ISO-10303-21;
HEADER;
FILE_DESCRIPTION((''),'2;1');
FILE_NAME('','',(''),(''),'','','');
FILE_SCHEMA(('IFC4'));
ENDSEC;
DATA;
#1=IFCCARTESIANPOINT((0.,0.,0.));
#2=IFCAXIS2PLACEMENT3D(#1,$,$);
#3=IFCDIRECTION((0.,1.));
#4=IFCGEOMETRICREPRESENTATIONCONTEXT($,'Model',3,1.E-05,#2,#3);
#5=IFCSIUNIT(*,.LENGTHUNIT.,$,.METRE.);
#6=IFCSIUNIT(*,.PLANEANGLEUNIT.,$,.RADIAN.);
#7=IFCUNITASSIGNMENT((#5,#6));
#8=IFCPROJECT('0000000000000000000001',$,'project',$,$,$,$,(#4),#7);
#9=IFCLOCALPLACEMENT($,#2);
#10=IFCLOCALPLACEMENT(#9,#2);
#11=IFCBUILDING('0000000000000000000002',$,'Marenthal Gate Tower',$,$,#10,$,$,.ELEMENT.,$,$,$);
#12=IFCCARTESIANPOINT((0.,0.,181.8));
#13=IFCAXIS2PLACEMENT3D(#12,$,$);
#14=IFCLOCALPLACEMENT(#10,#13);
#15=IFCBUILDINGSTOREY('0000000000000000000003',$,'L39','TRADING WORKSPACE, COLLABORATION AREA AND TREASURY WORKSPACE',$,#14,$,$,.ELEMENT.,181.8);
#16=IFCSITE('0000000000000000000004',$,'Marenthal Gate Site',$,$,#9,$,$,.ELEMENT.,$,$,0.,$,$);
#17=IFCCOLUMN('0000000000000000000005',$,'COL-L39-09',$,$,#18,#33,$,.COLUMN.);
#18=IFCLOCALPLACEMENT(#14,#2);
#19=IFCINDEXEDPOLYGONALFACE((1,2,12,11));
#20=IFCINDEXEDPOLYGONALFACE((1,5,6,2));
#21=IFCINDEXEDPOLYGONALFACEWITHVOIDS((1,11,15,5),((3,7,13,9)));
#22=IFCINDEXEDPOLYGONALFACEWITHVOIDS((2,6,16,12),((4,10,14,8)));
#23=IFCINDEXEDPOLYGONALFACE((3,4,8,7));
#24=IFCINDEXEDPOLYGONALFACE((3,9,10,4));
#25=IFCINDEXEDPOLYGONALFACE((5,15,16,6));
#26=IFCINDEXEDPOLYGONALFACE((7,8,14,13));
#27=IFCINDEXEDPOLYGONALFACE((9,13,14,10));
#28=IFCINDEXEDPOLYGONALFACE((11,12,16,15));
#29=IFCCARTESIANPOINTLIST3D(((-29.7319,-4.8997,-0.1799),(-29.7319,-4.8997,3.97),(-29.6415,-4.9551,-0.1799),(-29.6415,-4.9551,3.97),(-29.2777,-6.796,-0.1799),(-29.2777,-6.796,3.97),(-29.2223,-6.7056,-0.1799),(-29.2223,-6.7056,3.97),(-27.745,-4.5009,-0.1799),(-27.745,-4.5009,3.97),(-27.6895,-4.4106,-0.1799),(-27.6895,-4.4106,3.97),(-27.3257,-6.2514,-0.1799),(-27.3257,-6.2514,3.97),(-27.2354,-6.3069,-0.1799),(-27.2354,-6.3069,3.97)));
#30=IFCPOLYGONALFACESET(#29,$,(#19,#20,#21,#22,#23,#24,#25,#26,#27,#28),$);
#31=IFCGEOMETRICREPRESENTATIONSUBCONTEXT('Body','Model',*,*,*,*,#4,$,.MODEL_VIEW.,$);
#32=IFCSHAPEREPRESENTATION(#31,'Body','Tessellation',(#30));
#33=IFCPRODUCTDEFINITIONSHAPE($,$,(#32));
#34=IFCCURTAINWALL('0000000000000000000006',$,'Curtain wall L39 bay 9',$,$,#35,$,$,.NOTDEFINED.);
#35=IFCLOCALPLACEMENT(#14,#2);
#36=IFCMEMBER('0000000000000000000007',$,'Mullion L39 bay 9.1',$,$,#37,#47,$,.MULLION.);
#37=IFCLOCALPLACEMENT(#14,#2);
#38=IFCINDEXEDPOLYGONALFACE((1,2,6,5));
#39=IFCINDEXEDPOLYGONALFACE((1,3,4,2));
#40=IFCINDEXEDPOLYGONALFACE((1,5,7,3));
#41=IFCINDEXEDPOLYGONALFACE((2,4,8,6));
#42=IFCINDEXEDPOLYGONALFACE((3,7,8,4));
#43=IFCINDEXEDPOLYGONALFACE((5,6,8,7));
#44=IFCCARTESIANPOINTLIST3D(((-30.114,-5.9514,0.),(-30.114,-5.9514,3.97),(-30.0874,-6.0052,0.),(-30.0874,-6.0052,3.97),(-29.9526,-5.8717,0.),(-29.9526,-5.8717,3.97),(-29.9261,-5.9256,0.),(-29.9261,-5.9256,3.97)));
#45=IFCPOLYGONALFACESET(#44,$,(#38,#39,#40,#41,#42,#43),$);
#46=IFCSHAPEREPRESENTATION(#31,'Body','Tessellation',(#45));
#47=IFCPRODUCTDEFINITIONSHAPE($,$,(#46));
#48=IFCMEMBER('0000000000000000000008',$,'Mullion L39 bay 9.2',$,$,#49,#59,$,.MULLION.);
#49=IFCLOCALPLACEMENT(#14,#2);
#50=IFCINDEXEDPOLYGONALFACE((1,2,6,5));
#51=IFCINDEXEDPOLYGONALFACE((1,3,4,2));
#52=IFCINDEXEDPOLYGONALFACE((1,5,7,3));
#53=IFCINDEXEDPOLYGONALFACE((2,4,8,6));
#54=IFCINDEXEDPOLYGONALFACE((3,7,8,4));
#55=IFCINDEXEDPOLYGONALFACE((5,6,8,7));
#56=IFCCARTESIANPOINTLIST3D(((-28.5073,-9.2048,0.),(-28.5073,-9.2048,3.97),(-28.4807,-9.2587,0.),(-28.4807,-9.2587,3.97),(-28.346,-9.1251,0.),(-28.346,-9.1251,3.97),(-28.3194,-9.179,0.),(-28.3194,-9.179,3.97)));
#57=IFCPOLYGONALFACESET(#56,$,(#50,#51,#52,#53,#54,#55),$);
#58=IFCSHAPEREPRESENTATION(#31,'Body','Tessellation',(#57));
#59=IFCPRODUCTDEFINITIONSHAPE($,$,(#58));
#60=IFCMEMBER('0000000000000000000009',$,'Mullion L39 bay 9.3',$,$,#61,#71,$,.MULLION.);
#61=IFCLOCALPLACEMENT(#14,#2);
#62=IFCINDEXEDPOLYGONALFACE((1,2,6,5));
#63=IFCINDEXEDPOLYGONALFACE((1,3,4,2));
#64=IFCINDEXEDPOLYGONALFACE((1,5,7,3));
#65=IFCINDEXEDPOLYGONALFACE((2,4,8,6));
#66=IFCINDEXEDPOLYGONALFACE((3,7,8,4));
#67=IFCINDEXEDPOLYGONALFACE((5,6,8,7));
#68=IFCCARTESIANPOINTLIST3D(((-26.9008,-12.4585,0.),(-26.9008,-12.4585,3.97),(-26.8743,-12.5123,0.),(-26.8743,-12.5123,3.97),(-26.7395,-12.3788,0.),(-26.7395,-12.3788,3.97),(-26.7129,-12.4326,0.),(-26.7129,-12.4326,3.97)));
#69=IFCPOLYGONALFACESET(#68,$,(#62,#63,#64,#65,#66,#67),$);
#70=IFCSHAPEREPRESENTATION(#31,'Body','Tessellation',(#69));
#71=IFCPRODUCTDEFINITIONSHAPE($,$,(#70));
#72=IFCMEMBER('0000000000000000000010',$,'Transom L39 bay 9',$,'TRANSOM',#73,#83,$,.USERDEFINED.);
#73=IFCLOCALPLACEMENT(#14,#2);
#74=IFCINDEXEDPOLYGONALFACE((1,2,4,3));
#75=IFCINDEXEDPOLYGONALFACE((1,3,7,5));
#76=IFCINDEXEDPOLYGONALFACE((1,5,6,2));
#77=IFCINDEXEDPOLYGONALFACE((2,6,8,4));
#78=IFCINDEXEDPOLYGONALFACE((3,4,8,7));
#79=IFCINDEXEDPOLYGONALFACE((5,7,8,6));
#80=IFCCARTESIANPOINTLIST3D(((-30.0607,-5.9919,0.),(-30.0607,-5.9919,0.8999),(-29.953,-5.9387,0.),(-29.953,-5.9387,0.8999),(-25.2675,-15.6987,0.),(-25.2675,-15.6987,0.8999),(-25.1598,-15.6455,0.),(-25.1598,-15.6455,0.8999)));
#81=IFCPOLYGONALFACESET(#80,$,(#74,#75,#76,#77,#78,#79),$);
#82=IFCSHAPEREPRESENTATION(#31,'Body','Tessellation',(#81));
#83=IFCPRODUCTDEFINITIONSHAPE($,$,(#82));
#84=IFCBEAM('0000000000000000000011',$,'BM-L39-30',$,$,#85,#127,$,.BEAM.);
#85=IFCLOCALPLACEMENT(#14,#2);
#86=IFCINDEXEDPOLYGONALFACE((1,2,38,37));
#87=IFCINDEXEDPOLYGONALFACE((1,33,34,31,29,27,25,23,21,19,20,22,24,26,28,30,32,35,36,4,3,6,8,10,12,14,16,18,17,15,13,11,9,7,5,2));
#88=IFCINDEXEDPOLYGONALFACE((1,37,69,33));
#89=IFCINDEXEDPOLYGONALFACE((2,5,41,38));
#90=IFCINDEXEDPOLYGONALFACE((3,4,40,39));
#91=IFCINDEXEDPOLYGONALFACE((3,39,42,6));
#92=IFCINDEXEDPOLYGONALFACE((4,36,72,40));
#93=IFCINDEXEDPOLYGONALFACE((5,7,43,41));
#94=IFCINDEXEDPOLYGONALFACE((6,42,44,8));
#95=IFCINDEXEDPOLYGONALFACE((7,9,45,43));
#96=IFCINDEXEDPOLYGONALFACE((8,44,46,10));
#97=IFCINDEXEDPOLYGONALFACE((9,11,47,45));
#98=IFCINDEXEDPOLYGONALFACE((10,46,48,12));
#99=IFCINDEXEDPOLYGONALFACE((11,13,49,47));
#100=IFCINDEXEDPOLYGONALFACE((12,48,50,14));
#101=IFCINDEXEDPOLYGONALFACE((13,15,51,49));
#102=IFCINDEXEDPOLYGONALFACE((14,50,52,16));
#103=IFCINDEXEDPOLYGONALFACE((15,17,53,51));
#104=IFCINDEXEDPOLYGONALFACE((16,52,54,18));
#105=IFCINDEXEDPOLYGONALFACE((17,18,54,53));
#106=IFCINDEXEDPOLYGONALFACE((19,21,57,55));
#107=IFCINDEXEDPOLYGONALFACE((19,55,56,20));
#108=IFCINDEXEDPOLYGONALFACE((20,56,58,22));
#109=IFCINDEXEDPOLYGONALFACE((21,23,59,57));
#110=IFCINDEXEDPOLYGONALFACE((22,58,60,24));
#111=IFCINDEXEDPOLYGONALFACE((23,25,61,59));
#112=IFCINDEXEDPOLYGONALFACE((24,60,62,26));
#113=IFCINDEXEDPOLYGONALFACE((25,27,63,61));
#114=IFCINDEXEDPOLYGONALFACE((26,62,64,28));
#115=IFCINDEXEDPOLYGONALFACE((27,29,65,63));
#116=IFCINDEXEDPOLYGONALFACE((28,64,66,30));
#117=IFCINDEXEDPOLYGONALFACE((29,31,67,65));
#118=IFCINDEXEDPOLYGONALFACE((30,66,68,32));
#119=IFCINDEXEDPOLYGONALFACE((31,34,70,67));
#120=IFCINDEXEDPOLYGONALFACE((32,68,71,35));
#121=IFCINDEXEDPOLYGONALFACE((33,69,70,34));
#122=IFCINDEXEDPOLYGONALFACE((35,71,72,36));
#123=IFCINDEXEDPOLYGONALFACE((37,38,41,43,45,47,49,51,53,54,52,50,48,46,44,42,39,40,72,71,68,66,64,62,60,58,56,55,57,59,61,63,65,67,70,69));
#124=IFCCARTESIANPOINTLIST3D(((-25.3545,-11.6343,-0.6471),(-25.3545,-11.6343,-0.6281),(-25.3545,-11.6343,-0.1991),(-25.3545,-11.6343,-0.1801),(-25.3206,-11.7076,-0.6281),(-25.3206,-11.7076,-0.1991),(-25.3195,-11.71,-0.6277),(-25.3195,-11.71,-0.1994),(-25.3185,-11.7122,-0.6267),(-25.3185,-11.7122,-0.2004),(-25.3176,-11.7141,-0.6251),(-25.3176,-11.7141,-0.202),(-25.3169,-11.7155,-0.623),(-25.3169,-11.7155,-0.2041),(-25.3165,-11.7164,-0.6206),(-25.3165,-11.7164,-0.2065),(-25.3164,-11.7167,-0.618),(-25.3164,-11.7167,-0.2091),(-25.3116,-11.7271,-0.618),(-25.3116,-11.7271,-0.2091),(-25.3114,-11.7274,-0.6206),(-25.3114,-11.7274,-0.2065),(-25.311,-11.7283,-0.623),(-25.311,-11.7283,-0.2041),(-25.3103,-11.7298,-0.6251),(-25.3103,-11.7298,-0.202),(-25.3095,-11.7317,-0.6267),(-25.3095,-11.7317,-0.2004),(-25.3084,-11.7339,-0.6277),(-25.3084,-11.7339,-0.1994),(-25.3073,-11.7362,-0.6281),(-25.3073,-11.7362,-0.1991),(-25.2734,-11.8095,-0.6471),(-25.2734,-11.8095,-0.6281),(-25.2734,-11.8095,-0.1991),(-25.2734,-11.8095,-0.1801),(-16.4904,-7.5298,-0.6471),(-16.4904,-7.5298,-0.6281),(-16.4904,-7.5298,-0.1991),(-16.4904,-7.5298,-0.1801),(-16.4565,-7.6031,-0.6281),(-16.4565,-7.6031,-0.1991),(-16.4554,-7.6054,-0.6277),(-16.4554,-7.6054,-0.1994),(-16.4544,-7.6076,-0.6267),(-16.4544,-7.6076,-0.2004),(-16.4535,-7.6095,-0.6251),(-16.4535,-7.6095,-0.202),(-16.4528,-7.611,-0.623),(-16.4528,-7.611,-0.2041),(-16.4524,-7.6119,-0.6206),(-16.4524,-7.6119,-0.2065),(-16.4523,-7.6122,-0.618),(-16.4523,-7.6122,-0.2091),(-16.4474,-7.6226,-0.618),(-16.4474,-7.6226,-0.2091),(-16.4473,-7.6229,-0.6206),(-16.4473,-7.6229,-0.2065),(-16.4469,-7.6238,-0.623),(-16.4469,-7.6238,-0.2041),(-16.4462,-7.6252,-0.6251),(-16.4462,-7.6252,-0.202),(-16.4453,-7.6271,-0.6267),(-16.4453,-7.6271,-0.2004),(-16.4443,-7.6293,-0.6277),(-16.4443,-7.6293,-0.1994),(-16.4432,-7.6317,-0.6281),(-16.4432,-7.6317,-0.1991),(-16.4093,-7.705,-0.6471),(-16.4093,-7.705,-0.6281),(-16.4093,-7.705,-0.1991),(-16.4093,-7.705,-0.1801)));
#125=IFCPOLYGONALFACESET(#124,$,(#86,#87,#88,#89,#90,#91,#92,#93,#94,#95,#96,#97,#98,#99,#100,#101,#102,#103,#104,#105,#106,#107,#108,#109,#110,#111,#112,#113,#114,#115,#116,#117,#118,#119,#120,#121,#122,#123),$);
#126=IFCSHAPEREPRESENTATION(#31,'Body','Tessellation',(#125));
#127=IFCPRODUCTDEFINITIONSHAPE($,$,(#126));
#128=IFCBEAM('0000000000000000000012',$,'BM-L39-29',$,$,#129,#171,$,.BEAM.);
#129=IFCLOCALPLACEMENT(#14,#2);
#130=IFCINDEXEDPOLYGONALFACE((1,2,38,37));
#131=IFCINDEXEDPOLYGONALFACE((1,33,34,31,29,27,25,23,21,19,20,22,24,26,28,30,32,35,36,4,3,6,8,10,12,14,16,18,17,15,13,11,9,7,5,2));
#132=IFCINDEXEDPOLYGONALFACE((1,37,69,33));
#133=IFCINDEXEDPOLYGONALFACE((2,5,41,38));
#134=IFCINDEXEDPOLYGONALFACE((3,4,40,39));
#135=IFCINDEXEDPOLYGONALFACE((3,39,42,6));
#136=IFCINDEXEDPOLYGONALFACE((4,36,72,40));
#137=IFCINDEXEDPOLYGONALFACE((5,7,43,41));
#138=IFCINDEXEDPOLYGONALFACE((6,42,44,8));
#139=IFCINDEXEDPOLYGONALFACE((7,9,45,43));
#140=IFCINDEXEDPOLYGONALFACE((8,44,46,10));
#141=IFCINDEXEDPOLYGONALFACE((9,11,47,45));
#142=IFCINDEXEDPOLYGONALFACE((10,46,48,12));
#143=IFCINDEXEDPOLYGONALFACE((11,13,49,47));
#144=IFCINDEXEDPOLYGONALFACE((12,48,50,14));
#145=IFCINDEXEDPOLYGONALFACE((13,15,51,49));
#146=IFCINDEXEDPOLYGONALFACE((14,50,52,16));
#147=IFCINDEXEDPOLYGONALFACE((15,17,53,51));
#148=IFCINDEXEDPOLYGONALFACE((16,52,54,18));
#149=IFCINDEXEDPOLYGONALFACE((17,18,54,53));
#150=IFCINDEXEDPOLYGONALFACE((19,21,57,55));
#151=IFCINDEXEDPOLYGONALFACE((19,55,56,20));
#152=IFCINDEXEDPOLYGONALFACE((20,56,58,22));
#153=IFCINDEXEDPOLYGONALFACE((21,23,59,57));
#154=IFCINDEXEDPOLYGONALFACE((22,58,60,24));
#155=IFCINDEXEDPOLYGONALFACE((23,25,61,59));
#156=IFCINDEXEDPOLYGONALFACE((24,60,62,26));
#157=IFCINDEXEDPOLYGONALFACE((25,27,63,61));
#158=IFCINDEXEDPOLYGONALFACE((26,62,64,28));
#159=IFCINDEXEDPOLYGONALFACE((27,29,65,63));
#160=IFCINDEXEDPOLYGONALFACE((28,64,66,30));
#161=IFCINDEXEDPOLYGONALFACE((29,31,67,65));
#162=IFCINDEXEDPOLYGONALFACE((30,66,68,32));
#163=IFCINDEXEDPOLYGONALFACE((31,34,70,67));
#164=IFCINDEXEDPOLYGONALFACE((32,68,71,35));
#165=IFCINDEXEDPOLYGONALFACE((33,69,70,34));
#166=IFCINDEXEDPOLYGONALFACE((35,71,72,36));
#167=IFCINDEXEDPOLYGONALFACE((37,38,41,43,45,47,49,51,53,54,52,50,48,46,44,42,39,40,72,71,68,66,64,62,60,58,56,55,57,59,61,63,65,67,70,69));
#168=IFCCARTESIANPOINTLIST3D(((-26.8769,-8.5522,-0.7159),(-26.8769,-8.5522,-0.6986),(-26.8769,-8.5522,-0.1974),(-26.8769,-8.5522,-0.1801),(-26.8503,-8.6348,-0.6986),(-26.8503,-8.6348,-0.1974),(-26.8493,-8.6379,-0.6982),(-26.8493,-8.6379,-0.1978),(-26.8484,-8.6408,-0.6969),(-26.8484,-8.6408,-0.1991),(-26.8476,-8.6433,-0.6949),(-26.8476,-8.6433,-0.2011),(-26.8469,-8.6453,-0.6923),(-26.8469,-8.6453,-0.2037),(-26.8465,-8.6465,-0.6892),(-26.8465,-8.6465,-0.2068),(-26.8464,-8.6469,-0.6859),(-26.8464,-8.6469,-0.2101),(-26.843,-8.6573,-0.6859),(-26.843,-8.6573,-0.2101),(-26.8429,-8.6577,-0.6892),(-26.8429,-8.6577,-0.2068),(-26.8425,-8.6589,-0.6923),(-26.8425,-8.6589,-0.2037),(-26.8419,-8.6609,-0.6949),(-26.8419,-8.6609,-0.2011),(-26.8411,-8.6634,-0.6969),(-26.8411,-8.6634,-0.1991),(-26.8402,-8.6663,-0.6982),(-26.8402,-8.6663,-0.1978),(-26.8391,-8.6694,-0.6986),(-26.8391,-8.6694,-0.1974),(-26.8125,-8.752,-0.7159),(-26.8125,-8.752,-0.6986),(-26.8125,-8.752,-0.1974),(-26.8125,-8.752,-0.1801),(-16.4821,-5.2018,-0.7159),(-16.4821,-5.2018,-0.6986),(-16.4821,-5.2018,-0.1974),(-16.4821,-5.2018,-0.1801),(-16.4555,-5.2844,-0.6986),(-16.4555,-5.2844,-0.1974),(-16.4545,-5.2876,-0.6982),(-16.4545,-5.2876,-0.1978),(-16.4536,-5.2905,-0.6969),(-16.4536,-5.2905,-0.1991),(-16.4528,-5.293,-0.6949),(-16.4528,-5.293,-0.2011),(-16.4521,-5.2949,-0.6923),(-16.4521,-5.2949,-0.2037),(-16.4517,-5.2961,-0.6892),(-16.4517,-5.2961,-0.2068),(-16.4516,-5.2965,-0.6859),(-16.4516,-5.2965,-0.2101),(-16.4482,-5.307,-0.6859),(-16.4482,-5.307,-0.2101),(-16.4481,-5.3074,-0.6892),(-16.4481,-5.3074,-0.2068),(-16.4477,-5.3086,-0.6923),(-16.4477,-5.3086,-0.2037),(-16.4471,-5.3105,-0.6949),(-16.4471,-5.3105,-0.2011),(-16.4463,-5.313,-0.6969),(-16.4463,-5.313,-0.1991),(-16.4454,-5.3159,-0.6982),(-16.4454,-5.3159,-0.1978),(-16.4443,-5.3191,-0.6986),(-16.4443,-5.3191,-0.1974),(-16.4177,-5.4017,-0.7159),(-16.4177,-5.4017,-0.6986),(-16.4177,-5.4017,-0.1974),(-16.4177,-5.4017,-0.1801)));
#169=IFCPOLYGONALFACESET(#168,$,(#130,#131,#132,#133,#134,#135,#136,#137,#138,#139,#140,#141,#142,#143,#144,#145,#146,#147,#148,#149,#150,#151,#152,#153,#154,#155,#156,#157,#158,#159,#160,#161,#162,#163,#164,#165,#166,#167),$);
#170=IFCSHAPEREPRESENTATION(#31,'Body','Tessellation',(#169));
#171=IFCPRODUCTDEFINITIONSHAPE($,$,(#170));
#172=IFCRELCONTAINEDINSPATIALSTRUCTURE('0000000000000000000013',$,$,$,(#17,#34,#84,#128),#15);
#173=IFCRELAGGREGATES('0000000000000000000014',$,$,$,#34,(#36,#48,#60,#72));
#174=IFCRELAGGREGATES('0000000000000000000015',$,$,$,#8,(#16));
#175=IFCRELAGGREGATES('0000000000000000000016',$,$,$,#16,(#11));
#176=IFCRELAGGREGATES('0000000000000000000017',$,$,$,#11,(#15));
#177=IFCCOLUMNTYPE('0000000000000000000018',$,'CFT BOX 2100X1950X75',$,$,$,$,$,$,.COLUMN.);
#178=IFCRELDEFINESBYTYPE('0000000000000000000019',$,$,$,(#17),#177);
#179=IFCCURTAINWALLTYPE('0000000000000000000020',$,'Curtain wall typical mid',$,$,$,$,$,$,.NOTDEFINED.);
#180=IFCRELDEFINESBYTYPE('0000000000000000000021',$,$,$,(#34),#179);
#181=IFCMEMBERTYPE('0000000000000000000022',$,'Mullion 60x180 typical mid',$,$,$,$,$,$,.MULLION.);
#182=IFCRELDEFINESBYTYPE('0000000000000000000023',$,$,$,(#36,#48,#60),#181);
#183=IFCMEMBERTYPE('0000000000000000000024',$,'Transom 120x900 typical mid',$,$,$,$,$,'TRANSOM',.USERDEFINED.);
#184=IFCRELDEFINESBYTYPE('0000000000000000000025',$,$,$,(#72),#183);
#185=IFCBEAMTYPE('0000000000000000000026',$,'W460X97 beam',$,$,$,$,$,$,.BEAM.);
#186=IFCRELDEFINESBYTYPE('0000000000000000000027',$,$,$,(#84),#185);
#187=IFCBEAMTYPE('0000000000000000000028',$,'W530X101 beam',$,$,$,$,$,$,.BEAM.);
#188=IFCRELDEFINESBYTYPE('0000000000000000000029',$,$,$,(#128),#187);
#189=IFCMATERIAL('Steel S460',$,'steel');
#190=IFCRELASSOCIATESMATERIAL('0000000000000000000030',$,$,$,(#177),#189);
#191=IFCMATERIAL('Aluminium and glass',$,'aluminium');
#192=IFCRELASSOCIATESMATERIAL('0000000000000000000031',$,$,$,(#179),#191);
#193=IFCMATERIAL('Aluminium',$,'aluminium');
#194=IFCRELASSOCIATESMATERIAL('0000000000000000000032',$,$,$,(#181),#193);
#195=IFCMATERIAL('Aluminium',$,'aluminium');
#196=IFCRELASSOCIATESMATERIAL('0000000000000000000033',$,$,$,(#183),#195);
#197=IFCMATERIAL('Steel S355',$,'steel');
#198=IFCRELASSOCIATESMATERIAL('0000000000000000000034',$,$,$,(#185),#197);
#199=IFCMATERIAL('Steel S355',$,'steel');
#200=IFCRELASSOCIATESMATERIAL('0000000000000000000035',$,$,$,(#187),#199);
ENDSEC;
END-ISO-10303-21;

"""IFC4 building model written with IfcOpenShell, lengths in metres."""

from ifc_helpers import new_model, si_unit, direction, frame, origin, origin_2d, place, context, subcontext, project, spatial, rectangle, hollow_rectangle, i_section, extrude, material, material_profile, profile_set, type_object, element, aggregate, save


model = new_model("IFC4")

# Units and contexts
model_context = context("Model", 3, precision=1e-05, world=origin(), true_north=direction((0.0, 1.0)))
body_context = subcontext(model_context, "Body", "Model", "MODEL_VIEW")
ifc_project = project(units=[si_unit("LENGTHUNIT", "METRE"), si_unit("PLANEANGLEUNIT", "RADIAN")], contexts=[model_context])

# Site, building, storey
site_placement = place(None, origin())
site = spatial("IfcSite", under=ifc_project, at=site_placement, Name="Marenthal Gate Site", CompositionType="ELEMENT", RefElevation=0.0)
building_placement = place(site_placement, origin())
building = spatial("IfcBuilding", under=site, at=building_placement, Name="Marenthal Gate Tower", CompositionType="ELEMENT")
storey_placement = place(building_placement, frame((0.0, 0.0, 181.8)))
storey = spatial("IfcBuildingStorey", under=building, at=storey_placement, Name="L39", Description="TRADING WORKSPACE, COLLABORATION AREA AND TREASURY WORKSPACE", CompositionType="ELEMENT", Elevation=181.8)

# Column
ifc_material_1 = material(Name="Steel S460", Category="steel")
ifc_material_profile_1 = material_profile(ifc_material_1, hollow_rectangle(XDim=1.95, YDim=2.1001, WallThickness=0.075, at=origin_2d()), Name="CFT BOX 2100X1950X75")
ifc_material_2 = material(Name="Concrete 70 MPa", Category="concrete")
ifc_material_profile_2 = material_profile(ifc_material_2, rectangle(XDim=1.8, YDim=1.95, at=origin_2d()), Name="CFT BOX 2100X1950X75 INFILL")
ifc_profile_set_1 = profile_set([ifc_material_profile_1, ifc_material_profile_2], Name="Steel S460 shell, Concrete 70 MPa infill")
column_type = type_object("IfcColumnType", Name="CFT BOX 2100X1950X75", PredefinedType="COLUMN", material=ifc_profile_set_1)
column_placement = place(storey_placement, frame((-28.4836, -5.6033, -0.1799), z_axis=(0.0, 0.0, 1.0), x_axis=(-0.232899, 0.972501, 0.0)))
element("IfcColumn", 1, at=column_placement, inside=storey, type_object=column_type, Name="COL-L39-09", PredefinedType="COLUMN", context=body_context, shape_type="SweptSolid", body=[
    extrude(hollow_rectangle(XDim=1.95, YDim=2.1001, WallThickness=0.075, at=origin_2d()), origin(), (0.0, 0.0, 1.0), 4.1499),
])

# Curtain wall, members
ifc_material_3 = material(Name="Aluminium and glass", Category="aluminium")
curtain_wall_type = type_object("IfcCurtainWallType", Name="Curtain wall typical mid", PredefinedType="NOTDEFINED", material=ifc_material_3)
curtain_wall_placement = place(storey_placement, origin())
curtain_wall = element("IfcCurtainWall", 2, at=curtain_wall_placement, inside=storey, type_object=curtain_wall_type, Name="Curtain wall L39 bay 9", PredefinedType="NOTDEFINED")
ifc_material_4 = material(Name="Aluminium", Category="aluminium")
ifc_material_profile_3 = material_profile(ifc_material_4, rectangle(XDim=0.1799, YDim=0.0601, at=origin_2d()), Name="60x180 aluminium mullion")
ifc_profile_set_2 = profile_set([ifc_material_profile_3], Name="Aluminium")
member_type_1 = type_object("IfcMemberType", Name="Mullion 60x180 typical mid", PredefinedType="MULLION", material=ifc_profile_set_2)
member_1_placement = place(storey_placement, frame((-30.02, -5.9385, 0.0), z_axis=(0.0, 0.0, 1.0), x_axis=(0.896643, 0.442753, 0.0)))
member_1 = element("IfcMember", 3, at=member_1_placement, type_object=member_type_1, Name="Mullion L39 bay 9.1", PredefinedType="MULLION", context=body_context, shape_type="SweptSolid", body=[
    extrude(rectangle(XDim=0.1799, YDim=0.0601, at=origin_2d()), origin(), (0.0, 0.0, 1.0), 3.97),
])
member_2_placement = place(storey_placement, frame((-28.4133, -9.1919, 0.0), z_axis=(0.0, 0.0, 1.0), x_axis=(0.896643, 0.442753, 0.0)))
member_2 = element("IfcMember", 4, at=member_2_placement, type_object=member_type_1, Name="Mullion L39 bay 9.2", PredefinedType="MULLION", context=body_context, shape_type="SweptSolid", body=[
    extrude(rectangle(XDim=0.1799, YDim=0.0601, at=origin_2d()), origin(), (0.0, 0.0, 1.0), 3.97),
])
member_3_placement = place(storey_placement, frame((-26.8069, -12.4456, 0.0), z_axis=(0.0, 0.0, 1.0), x_axis=(0.896643, 0.442753, 0.0)))
member_3 = element("IfcMember", 5, at=member_3_placement, type_object=member_type_1, Name="Mullion L39 bay 9.3", PredefinedType="MULLION", context=body_context, shape_type="SweptSolid", body=[
    extrude(rectangle(XDim=0.1799, YDim=0.0601, at=origin_2d()), origin(), (0.0, 0.0, 1.0), 3.97),
])
ifc_material_5 = material(Name="Aluminium", Category="aluminium")
ifc_material_profile_4 = material_profile(ifc_material_5, rectangle(XDim=0.1201, YDim=0.8999, at=origin_2d()), Name="120x900 aluminium transom")
ifc_profile_set_3 = profile_set([ifc_material_profile_4], Name="Aluminium")
member_type_2 = type_object("IfcMemberType", Name="Transom 120x900 typical mid", ElementType="TRANSOM", PredefinedType="USERDEFINED", material=ifc_profile_set_3)
member_4_placement = place(storey_placement, frame((-30.0068, -5.9653, 0.45), z_axis=(0.442761, -0.89664, 0.0), x_axis=(0.89664, 0.442761, 0.0)))
member_4 = element("IfcMember", 6, at=member_4_placement, type_object=member_type_2, Name="Transom L39 bay 9", ObjectType="TRANSOM", PredefinedType="USERDEFINED", context=body_context, shape_type="SweptSolid", body=[
    extrude(rectangle(XDim=0.1201, YDim=0.8999, at=origin_2d()), origin(), (0.0, 0.0, 1.0), 10.8257),
])

# Beams
ifc_material_6 = material(Name="Steel S355", Category="steel")
ifc_material_profile_5 = material_profile(ifc_material_6, i_section(OverallWidth=0.1931, OverallDepth=0.467, WebThickness=0.0115, FlangeThickness=0.019, FilletRadius=0.01, at=origin_2d()), Name="W460X97")
ifc_profile_set_4 = profile_set([ifc_material_profile_5], Name="Steel S355")
beam_type_1 = type_object("IfcBeamType", Name="W460X97 beam", PredefinedType="BEAM", material=ifc_profile_set_4)
beam_1_placement = place(storey_placement, frame((-25.314, -11.7219, -0.4136), z_axis=(0.907436, 0.42019, 0.0), x_axis=(-0.42019, 0.907436, 0.0)))
element("IfcBeam", 7, at=beam_1_placement, inside=storey, type_object=beam_type_1, Name="BM-L39-30", PredefinedType="BEAM", context=body_context, shape_type="SweptSolid", body=[
    extrude(i_section(OverallWidth=0.1931, OverallDepth=0.467, WebThickness=0.0115, FlangeThickness=0.019, FilletRadius=0.01, at=origin_2d()), origin(), (0.0, 0.0, 1.0), 9.7683),
])
ifc_material_7 = material(Name="Steel S355", Category="steel")
ifc_material_profile_6 = material_profile(ifc_material_7, i_section(OverallWidth=0.21, OverallDepth=0.5359, WebThickness=0.011, FlangeThickness=0.0173, FilletRadius=0.0127, at=origin_2d()), Name="W530X101")
ifc_profile_set_5 = profile_set([ifc_material_profile_6], Name="Steel S355")
beam_type_2 = type_object("IfcBeamType", Name="W530X101 beam", PredefinedType="BEAM", material=ifc_profile_set_5)
beam_2_placement = place(storey_placement, frame((-26.8447, -8.6521, -0.448), z_axis=(0.951784, 0.30677, 0.0), x_axis=(-0.30677, 0.951784, 0.0)))
element("IfcBeam", 8, at=beam_2_placement, inside=storey, type_object=beam_type_2, Name="BM-L39-29", PredefinedType="BEAM", context=body_context, shape_type="SweptSolid", body=[
    extrude(i_section(OverallWidth=0.21, OverallDepth=0.5359, WebThickness=0.011, FlangeThickness=0.0173, FilletRadius=0.0127, at=origin_2d()), origin(), (0.0, 0.0, 1.0), 10.9214),
])

aggregate(curtain_wall, [member_1, member_2, member_3, member_4])

save(model, "model.ifc")
